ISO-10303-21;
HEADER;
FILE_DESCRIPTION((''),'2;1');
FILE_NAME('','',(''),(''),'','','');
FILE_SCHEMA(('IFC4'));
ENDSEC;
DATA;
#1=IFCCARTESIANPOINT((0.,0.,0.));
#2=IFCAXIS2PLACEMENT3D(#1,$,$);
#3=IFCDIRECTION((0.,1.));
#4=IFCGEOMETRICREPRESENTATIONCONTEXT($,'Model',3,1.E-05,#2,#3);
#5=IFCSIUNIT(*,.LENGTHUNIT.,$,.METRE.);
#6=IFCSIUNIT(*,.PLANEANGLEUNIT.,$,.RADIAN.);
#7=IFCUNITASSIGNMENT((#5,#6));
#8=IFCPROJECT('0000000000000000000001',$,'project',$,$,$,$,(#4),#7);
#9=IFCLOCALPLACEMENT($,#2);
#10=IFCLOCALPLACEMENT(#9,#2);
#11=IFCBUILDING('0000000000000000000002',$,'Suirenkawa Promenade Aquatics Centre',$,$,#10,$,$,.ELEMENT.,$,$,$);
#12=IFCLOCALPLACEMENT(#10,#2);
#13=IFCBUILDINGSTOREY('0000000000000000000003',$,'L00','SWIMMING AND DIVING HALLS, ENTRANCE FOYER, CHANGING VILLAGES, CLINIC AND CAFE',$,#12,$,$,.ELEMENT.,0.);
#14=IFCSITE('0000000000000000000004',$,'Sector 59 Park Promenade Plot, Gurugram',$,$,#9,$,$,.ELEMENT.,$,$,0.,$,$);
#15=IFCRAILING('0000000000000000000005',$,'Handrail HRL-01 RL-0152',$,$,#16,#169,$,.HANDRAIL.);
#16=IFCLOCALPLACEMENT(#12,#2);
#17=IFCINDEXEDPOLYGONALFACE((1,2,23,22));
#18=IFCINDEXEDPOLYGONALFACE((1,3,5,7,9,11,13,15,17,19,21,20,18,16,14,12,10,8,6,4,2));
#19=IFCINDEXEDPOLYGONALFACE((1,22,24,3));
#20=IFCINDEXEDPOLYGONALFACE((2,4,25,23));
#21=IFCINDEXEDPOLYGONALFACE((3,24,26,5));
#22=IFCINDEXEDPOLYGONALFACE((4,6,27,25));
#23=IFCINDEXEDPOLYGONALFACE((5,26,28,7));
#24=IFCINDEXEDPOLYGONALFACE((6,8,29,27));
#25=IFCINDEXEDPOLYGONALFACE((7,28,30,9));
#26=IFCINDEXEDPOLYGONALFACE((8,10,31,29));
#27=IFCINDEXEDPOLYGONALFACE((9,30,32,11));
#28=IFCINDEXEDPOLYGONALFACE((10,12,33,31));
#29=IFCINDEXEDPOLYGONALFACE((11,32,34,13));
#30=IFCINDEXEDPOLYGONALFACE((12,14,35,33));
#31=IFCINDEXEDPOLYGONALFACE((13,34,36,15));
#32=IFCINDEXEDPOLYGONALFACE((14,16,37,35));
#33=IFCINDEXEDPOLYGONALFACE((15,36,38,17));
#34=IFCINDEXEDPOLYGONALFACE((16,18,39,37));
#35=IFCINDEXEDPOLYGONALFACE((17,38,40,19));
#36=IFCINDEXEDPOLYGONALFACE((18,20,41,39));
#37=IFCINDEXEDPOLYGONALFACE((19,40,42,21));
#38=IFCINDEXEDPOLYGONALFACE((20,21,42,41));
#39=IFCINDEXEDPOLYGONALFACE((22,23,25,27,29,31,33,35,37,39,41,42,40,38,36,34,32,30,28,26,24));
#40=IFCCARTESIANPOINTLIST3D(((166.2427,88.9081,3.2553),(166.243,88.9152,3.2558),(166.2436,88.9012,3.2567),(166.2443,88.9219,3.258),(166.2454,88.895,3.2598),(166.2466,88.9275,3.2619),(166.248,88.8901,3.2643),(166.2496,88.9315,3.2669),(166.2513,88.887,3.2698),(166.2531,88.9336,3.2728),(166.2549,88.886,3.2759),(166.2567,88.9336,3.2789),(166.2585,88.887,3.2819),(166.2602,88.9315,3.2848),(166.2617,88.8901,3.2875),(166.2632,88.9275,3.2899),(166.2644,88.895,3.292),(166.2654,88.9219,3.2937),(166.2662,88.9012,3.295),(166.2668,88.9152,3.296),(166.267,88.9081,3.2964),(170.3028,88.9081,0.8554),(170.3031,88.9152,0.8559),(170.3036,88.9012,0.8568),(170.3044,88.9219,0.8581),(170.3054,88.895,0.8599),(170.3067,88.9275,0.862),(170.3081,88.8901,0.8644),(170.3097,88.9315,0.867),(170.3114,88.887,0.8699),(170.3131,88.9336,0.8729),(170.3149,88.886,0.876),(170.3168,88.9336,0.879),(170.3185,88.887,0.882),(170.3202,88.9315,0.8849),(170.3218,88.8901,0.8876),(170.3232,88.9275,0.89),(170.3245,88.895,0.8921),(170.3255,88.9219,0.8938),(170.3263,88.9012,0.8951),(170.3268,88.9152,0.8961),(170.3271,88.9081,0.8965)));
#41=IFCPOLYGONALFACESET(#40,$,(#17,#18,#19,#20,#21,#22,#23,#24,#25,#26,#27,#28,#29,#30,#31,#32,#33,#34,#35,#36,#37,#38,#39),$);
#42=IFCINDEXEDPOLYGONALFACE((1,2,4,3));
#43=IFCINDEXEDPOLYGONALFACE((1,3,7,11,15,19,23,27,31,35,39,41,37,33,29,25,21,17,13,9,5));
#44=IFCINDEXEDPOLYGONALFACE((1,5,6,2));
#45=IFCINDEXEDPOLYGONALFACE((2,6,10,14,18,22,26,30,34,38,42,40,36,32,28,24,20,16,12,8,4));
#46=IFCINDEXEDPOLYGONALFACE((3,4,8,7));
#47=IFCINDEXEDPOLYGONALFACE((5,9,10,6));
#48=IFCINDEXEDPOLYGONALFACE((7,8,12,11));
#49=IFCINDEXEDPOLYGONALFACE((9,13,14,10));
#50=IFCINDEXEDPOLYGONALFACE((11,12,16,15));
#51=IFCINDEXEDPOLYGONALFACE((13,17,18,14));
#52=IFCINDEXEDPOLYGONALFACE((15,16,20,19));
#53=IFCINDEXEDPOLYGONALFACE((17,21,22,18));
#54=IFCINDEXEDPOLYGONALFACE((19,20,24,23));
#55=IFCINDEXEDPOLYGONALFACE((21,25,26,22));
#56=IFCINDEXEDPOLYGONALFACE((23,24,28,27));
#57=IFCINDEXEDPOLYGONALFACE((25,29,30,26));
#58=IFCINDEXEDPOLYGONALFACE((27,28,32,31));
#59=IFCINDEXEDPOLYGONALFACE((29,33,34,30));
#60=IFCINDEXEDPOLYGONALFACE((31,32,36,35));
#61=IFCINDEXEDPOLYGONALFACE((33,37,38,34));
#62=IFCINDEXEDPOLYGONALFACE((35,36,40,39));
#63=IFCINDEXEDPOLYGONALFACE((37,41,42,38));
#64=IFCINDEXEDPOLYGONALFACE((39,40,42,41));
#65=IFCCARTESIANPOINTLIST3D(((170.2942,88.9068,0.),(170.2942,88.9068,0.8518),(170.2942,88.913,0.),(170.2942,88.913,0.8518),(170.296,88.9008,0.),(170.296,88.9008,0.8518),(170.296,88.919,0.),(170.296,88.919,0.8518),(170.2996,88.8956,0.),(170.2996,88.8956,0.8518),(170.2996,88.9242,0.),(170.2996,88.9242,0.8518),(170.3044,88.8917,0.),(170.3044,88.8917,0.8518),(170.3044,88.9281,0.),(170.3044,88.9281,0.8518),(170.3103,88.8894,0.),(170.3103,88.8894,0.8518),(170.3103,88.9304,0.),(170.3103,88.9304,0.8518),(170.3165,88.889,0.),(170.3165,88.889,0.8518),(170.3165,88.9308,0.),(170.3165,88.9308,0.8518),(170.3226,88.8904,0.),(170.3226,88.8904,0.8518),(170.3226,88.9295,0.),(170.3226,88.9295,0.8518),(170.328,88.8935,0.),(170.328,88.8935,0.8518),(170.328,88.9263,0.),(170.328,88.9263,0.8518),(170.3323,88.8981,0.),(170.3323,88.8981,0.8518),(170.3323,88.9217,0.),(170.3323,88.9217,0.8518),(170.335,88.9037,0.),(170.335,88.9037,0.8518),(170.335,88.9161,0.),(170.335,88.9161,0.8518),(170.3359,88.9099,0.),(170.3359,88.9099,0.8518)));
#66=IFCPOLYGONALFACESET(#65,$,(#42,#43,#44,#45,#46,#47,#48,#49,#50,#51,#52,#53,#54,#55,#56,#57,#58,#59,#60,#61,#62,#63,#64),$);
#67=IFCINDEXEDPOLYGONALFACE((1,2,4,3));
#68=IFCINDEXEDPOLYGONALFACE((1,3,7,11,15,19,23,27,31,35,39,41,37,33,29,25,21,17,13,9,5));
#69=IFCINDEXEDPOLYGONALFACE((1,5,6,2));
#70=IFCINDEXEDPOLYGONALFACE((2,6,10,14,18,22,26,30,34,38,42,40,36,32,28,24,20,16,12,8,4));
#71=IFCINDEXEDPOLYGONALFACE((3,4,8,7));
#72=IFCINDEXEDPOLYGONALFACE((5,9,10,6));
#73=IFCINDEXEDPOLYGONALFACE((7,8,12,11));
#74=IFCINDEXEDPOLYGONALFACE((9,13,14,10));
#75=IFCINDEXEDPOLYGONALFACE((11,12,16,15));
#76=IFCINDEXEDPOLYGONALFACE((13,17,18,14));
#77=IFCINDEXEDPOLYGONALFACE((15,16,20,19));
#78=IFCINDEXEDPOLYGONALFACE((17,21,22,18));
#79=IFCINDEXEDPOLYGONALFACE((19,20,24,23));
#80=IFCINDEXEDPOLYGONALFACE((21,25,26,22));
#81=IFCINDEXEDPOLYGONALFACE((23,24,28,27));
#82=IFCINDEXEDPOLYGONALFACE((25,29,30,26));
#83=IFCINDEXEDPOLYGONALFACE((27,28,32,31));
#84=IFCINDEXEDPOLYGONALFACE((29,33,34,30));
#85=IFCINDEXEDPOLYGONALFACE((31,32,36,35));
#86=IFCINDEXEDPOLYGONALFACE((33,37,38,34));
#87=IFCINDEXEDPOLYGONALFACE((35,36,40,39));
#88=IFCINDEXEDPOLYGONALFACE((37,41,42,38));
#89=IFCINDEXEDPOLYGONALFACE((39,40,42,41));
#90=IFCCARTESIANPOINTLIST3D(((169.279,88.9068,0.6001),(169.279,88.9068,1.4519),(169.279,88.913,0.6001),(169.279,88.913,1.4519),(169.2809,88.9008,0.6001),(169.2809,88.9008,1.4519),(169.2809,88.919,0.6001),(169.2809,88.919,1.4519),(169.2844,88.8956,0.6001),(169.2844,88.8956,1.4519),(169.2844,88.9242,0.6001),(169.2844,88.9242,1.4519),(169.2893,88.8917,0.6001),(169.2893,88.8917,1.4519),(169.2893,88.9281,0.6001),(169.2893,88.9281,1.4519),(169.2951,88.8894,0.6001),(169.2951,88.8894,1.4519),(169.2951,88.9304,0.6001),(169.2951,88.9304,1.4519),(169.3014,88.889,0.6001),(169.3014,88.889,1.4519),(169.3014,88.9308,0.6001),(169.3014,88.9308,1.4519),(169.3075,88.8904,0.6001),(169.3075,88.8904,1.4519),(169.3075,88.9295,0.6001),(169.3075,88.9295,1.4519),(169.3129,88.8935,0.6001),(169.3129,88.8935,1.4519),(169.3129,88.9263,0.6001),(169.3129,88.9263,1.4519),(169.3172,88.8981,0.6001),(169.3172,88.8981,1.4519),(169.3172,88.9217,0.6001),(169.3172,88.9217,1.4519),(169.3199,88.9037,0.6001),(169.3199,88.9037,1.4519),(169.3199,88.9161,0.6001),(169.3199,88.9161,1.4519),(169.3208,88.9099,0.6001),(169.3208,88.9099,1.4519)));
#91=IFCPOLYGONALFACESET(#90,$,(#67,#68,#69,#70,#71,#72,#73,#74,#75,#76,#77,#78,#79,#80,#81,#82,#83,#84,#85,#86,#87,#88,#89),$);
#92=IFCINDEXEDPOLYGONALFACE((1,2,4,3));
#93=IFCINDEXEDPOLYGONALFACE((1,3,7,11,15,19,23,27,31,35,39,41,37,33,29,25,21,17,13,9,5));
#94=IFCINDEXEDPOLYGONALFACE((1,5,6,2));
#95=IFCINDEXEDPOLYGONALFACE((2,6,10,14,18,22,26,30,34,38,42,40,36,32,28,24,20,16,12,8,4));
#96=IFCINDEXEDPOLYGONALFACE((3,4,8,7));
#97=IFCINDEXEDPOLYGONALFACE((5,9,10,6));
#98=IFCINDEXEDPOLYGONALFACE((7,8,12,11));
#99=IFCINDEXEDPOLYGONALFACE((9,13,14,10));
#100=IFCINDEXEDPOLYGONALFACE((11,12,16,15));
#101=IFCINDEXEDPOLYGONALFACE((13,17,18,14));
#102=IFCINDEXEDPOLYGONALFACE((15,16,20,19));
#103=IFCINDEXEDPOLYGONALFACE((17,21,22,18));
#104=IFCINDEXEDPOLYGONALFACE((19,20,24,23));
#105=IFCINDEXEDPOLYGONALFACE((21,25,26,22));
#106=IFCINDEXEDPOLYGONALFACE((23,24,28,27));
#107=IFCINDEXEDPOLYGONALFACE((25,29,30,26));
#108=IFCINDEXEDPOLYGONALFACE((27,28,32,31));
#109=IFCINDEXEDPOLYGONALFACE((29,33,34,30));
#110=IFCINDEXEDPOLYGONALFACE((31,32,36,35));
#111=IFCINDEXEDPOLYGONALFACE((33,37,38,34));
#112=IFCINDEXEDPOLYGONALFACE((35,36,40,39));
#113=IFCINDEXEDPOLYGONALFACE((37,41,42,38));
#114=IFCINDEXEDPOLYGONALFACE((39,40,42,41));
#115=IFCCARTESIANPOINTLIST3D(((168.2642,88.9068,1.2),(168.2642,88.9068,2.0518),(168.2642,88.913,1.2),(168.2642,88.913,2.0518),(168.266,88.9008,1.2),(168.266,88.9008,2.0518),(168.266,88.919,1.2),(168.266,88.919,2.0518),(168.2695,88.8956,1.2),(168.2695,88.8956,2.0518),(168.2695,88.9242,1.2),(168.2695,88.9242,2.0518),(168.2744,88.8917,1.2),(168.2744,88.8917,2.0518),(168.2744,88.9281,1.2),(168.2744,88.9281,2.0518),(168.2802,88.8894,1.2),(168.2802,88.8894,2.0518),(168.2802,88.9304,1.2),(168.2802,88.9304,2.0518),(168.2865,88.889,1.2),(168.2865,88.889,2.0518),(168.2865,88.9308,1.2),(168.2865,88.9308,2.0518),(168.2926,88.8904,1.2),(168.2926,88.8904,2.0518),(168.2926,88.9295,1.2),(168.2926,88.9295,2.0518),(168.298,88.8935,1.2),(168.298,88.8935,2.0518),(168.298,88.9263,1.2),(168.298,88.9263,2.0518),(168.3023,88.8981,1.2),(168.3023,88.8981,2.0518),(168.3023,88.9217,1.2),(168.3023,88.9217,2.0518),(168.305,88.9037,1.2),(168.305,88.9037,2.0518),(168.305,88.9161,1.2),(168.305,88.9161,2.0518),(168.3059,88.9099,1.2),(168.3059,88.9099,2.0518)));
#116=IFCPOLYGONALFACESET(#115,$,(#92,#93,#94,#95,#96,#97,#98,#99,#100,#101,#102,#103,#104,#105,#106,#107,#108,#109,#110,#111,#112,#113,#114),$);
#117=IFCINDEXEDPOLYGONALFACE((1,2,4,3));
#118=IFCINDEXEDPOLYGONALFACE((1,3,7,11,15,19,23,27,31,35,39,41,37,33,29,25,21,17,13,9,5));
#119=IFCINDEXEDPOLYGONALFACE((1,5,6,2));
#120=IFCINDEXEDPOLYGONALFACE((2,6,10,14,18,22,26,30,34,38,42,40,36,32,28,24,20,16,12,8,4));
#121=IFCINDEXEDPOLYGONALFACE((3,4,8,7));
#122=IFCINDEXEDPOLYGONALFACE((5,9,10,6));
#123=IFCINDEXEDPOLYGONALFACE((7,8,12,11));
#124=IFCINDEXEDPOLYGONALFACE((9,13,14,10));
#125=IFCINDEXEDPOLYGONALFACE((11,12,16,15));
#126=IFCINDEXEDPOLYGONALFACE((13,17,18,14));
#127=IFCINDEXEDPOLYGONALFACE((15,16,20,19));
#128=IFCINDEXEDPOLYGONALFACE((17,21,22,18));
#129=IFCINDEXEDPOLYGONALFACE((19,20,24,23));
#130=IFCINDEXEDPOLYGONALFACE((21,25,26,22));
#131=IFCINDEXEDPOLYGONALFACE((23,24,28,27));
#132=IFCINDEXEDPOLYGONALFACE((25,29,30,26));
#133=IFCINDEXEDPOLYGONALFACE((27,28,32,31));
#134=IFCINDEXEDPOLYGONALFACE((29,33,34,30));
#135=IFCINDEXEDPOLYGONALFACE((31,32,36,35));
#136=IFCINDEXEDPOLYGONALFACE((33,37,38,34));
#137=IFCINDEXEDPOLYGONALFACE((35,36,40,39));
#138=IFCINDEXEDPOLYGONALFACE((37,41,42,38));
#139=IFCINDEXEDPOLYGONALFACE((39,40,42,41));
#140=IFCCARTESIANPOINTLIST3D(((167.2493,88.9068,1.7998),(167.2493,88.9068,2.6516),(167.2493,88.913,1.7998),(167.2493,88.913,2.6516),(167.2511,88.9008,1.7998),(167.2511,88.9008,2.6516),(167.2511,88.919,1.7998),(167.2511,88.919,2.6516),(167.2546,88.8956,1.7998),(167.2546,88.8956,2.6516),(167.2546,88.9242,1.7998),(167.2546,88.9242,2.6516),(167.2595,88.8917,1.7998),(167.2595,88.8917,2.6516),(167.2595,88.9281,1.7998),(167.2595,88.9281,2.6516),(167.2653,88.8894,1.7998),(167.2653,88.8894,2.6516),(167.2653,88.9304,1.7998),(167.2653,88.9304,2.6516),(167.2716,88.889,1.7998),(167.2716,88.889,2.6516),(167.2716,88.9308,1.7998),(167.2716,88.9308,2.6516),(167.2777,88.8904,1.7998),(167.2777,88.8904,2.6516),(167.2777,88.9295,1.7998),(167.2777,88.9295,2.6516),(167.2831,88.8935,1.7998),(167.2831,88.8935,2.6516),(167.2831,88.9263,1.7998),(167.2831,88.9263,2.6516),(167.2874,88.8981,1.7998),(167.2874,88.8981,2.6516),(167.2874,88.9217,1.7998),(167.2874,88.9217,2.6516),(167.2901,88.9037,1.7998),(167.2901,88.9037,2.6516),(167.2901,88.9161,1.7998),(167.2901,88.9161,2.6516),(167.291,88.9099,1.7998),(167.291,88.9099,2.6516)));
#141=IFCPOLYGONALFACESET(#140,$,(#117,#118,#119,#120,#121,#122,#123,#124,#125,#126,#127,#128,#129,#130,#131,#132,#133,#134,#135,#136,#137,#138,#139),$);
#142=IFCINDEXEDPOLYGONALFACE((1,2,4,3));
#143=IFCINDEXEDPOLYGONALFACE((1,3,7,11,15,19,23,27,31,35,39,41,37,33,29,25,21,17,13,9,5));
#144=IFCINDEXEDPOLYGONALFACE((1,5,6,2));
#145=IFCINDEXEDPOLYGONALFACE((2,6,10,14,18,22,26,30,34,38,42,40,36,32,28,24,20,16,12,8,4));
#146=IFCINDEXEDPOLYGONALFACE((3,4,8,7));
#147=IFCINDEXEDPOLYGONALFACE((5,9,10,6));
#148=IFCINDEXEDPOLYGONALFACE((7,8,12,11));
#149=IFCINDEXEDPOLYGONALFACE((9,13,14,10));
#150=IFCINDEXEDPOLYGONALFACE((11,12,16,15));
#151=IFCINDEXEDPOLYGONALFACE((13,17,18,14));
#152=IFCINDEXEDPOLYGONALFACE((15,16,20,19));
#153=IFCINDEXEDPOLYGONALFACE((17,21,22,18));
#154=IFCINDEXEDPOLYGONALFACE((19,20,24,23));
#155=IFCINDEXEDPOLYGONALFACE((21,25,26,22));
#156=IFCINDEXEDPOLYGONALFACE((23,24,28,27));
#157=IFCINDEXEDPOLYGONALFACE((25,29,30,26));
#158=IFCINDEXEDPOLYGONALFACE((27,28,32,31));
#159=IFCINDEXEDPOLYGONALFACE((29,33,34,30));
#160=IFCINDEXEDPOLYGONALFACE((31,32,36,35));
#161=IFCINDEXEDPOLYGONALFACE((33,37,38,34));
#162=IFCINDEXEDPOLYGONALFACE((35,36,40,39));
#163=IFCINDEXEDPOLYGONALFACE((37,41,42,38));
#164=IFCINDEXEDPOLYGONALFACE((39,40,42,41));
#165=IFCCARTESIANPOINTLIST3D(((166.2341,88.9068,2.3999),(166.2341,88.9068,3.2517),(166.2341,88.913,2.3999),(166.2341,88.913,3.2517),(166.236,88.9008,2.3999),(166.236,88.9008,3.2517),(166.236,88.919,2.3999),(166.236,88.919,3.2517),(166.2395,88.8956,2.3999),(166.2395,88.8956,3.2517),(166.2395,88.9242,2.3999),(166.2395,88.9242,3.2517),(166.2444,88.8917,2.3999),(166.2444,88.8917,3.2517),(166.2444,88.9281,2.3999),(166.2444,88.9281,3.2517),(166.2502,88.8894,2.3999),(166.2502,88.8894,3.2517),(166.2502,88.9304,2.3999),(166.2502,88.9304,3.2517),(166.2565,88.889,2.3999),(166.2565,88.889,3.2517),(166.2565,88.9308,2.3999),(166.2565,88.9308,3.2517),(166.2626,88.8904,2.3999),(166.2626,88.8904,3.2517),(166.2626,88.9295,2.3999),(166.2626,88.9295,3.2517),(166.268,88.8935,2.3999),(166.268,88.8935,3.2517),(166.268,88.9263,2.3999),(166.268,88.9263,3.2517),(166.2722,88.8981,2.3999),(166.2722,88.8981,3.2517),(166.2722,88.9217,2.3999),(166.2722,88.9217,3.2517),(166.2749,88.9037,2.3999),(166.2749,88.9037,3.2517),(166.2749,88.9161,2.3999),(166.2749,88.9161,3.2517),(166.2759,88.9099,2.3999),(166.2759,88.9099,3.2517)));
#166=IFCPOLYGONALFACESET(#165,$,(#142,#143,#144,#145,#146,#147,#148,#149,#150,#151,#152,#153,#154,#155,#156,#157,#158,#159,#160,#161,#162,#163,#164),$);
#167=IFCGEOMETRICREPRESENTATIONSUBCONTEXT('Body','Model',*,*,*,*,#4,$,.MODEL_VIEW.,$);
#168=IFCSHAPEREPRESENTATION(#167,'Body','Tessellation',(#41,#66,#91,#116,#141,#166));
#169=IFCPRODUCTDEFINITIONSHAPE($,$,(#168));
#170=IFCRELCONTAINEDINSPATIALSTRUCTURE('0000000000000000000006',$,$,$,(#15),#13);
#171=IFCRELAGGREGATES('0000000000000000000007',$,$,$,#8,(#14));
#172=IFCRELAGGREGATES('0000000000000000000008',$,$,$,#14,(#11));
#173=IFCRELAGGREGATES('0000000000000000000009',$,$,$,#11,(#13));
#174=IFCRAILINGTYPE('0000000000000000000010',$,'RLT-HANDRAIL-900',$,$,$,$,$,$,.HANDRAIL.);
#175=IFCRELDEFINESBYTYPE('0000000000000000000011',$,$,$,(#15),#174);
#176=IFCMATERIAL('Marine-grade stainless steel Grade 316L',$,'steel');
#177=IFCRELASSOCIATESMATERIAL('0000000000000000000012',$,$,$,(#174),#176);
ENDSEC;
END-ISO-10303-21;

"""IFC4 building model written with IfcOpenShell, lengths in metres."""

from ifc_helpers import new_model, si_unit, direction, frame, origin, origin_2d, place, context, subcontext, project, spatial, circle, extrude, material, type_object, element, save


model = new_model("IFC4")

# Units and contexts
model_context = context("Model", 3, precision=1e-05, world=origin(), true_north=direction((0.0, 1.0)))
body_context = subcontext(model_context, "Body", "Model", "MODEL_VIEW")
ifc_project = project(units=[si_unit("LENGTHUNIT", "METRE"), si_unit("PLANEANGLEUNIT", "RADIAN")], contexts=[model_context])

# Site, building, storey
site_placement = place(None, origin())
site = spatial("IfcSite", under=ifc_project, at=site_placement, Name="Sector 59 Park Promenade Plot, Gurugram", CompositionType="ELEMENT", RefElevation=0.0)
building_placement = place(site_placement, origin())
building = spatial("IfcBuilding", under=site, at=building_placement, Name="Suirenkawa Promenade Aquatics Centre", CompositionType="ELEMENT")
storey_placement = place(building_placement, origin())
storey = spatial("IfcBuildingStorey", under=building, at=storey_placement, Name="L00", Description="SWIMMING AND DIVING HALLS, ENTRANCE FOYER, CHANGING VILLAGES, CLINIC AND CAFE", CompositionType="ELEMENT", Elevation=0.0)

# Shared definitions
ifc_material_1 = material(Name="Marine-grade stainless steel Grade 316L", Category="steel")

# Railing
railing_type_1 = type_object("IfcRailingType", Name="RLT-HANDRAIL-900", PredefinedType="HANDRAIL", material=ifc_material_1)
railing_1_placement = place(storey_placement, frame((170.3149, 88.9099, 0.0)))
element("IfcRailing", 1, at=railing_1_placement, inside=storey, type_object=railing_type_1, Name="Handrail HRL-01 RL-0152", PredefinedType="HANDRAIL", context=body_context, shape_type="SweptSolid", body=[
    extrude(circle(Radius=0.0239, at=origin_2d()), frame((0.0, 0.0, 0.876), z_axis=(-0.860854, 0.0, 0.508851), x_axis=(0.0, -1.0, 0.0)), (0.0, 0.0, 1.0), 4.7163),
    extrude(circle(Radius=0.021, at=origin_2d()), origin(), (0.0, 0.0, 1.0), 0.8518),
    extrude(circle(Radius=0.021, at=origin_2d()), frame((-1.0151, 0.0, 0.6001)), (0.0, 0.0, 1.0), 0.8518),
    extrude(circle(Radius=0.021, at=origin_2d()), frame((-2.03, 0.0, 1.2)), (0.0, 0.0, 1.0), 0.8518),
    extrude(circle(Radius=0.021, at=origin_2d()), frame((-3.0449, 0.0, 1.7998)), (0.0, 0.0, 1.0), 0.8518),
    extrude(circle(Radius=0.021, at=origin_2d()), frame((-4.0601, 0.0, 2.3999)), (0.0, 0.0, 1.0), 0.8518),
])

save(model, "model.ifc")
